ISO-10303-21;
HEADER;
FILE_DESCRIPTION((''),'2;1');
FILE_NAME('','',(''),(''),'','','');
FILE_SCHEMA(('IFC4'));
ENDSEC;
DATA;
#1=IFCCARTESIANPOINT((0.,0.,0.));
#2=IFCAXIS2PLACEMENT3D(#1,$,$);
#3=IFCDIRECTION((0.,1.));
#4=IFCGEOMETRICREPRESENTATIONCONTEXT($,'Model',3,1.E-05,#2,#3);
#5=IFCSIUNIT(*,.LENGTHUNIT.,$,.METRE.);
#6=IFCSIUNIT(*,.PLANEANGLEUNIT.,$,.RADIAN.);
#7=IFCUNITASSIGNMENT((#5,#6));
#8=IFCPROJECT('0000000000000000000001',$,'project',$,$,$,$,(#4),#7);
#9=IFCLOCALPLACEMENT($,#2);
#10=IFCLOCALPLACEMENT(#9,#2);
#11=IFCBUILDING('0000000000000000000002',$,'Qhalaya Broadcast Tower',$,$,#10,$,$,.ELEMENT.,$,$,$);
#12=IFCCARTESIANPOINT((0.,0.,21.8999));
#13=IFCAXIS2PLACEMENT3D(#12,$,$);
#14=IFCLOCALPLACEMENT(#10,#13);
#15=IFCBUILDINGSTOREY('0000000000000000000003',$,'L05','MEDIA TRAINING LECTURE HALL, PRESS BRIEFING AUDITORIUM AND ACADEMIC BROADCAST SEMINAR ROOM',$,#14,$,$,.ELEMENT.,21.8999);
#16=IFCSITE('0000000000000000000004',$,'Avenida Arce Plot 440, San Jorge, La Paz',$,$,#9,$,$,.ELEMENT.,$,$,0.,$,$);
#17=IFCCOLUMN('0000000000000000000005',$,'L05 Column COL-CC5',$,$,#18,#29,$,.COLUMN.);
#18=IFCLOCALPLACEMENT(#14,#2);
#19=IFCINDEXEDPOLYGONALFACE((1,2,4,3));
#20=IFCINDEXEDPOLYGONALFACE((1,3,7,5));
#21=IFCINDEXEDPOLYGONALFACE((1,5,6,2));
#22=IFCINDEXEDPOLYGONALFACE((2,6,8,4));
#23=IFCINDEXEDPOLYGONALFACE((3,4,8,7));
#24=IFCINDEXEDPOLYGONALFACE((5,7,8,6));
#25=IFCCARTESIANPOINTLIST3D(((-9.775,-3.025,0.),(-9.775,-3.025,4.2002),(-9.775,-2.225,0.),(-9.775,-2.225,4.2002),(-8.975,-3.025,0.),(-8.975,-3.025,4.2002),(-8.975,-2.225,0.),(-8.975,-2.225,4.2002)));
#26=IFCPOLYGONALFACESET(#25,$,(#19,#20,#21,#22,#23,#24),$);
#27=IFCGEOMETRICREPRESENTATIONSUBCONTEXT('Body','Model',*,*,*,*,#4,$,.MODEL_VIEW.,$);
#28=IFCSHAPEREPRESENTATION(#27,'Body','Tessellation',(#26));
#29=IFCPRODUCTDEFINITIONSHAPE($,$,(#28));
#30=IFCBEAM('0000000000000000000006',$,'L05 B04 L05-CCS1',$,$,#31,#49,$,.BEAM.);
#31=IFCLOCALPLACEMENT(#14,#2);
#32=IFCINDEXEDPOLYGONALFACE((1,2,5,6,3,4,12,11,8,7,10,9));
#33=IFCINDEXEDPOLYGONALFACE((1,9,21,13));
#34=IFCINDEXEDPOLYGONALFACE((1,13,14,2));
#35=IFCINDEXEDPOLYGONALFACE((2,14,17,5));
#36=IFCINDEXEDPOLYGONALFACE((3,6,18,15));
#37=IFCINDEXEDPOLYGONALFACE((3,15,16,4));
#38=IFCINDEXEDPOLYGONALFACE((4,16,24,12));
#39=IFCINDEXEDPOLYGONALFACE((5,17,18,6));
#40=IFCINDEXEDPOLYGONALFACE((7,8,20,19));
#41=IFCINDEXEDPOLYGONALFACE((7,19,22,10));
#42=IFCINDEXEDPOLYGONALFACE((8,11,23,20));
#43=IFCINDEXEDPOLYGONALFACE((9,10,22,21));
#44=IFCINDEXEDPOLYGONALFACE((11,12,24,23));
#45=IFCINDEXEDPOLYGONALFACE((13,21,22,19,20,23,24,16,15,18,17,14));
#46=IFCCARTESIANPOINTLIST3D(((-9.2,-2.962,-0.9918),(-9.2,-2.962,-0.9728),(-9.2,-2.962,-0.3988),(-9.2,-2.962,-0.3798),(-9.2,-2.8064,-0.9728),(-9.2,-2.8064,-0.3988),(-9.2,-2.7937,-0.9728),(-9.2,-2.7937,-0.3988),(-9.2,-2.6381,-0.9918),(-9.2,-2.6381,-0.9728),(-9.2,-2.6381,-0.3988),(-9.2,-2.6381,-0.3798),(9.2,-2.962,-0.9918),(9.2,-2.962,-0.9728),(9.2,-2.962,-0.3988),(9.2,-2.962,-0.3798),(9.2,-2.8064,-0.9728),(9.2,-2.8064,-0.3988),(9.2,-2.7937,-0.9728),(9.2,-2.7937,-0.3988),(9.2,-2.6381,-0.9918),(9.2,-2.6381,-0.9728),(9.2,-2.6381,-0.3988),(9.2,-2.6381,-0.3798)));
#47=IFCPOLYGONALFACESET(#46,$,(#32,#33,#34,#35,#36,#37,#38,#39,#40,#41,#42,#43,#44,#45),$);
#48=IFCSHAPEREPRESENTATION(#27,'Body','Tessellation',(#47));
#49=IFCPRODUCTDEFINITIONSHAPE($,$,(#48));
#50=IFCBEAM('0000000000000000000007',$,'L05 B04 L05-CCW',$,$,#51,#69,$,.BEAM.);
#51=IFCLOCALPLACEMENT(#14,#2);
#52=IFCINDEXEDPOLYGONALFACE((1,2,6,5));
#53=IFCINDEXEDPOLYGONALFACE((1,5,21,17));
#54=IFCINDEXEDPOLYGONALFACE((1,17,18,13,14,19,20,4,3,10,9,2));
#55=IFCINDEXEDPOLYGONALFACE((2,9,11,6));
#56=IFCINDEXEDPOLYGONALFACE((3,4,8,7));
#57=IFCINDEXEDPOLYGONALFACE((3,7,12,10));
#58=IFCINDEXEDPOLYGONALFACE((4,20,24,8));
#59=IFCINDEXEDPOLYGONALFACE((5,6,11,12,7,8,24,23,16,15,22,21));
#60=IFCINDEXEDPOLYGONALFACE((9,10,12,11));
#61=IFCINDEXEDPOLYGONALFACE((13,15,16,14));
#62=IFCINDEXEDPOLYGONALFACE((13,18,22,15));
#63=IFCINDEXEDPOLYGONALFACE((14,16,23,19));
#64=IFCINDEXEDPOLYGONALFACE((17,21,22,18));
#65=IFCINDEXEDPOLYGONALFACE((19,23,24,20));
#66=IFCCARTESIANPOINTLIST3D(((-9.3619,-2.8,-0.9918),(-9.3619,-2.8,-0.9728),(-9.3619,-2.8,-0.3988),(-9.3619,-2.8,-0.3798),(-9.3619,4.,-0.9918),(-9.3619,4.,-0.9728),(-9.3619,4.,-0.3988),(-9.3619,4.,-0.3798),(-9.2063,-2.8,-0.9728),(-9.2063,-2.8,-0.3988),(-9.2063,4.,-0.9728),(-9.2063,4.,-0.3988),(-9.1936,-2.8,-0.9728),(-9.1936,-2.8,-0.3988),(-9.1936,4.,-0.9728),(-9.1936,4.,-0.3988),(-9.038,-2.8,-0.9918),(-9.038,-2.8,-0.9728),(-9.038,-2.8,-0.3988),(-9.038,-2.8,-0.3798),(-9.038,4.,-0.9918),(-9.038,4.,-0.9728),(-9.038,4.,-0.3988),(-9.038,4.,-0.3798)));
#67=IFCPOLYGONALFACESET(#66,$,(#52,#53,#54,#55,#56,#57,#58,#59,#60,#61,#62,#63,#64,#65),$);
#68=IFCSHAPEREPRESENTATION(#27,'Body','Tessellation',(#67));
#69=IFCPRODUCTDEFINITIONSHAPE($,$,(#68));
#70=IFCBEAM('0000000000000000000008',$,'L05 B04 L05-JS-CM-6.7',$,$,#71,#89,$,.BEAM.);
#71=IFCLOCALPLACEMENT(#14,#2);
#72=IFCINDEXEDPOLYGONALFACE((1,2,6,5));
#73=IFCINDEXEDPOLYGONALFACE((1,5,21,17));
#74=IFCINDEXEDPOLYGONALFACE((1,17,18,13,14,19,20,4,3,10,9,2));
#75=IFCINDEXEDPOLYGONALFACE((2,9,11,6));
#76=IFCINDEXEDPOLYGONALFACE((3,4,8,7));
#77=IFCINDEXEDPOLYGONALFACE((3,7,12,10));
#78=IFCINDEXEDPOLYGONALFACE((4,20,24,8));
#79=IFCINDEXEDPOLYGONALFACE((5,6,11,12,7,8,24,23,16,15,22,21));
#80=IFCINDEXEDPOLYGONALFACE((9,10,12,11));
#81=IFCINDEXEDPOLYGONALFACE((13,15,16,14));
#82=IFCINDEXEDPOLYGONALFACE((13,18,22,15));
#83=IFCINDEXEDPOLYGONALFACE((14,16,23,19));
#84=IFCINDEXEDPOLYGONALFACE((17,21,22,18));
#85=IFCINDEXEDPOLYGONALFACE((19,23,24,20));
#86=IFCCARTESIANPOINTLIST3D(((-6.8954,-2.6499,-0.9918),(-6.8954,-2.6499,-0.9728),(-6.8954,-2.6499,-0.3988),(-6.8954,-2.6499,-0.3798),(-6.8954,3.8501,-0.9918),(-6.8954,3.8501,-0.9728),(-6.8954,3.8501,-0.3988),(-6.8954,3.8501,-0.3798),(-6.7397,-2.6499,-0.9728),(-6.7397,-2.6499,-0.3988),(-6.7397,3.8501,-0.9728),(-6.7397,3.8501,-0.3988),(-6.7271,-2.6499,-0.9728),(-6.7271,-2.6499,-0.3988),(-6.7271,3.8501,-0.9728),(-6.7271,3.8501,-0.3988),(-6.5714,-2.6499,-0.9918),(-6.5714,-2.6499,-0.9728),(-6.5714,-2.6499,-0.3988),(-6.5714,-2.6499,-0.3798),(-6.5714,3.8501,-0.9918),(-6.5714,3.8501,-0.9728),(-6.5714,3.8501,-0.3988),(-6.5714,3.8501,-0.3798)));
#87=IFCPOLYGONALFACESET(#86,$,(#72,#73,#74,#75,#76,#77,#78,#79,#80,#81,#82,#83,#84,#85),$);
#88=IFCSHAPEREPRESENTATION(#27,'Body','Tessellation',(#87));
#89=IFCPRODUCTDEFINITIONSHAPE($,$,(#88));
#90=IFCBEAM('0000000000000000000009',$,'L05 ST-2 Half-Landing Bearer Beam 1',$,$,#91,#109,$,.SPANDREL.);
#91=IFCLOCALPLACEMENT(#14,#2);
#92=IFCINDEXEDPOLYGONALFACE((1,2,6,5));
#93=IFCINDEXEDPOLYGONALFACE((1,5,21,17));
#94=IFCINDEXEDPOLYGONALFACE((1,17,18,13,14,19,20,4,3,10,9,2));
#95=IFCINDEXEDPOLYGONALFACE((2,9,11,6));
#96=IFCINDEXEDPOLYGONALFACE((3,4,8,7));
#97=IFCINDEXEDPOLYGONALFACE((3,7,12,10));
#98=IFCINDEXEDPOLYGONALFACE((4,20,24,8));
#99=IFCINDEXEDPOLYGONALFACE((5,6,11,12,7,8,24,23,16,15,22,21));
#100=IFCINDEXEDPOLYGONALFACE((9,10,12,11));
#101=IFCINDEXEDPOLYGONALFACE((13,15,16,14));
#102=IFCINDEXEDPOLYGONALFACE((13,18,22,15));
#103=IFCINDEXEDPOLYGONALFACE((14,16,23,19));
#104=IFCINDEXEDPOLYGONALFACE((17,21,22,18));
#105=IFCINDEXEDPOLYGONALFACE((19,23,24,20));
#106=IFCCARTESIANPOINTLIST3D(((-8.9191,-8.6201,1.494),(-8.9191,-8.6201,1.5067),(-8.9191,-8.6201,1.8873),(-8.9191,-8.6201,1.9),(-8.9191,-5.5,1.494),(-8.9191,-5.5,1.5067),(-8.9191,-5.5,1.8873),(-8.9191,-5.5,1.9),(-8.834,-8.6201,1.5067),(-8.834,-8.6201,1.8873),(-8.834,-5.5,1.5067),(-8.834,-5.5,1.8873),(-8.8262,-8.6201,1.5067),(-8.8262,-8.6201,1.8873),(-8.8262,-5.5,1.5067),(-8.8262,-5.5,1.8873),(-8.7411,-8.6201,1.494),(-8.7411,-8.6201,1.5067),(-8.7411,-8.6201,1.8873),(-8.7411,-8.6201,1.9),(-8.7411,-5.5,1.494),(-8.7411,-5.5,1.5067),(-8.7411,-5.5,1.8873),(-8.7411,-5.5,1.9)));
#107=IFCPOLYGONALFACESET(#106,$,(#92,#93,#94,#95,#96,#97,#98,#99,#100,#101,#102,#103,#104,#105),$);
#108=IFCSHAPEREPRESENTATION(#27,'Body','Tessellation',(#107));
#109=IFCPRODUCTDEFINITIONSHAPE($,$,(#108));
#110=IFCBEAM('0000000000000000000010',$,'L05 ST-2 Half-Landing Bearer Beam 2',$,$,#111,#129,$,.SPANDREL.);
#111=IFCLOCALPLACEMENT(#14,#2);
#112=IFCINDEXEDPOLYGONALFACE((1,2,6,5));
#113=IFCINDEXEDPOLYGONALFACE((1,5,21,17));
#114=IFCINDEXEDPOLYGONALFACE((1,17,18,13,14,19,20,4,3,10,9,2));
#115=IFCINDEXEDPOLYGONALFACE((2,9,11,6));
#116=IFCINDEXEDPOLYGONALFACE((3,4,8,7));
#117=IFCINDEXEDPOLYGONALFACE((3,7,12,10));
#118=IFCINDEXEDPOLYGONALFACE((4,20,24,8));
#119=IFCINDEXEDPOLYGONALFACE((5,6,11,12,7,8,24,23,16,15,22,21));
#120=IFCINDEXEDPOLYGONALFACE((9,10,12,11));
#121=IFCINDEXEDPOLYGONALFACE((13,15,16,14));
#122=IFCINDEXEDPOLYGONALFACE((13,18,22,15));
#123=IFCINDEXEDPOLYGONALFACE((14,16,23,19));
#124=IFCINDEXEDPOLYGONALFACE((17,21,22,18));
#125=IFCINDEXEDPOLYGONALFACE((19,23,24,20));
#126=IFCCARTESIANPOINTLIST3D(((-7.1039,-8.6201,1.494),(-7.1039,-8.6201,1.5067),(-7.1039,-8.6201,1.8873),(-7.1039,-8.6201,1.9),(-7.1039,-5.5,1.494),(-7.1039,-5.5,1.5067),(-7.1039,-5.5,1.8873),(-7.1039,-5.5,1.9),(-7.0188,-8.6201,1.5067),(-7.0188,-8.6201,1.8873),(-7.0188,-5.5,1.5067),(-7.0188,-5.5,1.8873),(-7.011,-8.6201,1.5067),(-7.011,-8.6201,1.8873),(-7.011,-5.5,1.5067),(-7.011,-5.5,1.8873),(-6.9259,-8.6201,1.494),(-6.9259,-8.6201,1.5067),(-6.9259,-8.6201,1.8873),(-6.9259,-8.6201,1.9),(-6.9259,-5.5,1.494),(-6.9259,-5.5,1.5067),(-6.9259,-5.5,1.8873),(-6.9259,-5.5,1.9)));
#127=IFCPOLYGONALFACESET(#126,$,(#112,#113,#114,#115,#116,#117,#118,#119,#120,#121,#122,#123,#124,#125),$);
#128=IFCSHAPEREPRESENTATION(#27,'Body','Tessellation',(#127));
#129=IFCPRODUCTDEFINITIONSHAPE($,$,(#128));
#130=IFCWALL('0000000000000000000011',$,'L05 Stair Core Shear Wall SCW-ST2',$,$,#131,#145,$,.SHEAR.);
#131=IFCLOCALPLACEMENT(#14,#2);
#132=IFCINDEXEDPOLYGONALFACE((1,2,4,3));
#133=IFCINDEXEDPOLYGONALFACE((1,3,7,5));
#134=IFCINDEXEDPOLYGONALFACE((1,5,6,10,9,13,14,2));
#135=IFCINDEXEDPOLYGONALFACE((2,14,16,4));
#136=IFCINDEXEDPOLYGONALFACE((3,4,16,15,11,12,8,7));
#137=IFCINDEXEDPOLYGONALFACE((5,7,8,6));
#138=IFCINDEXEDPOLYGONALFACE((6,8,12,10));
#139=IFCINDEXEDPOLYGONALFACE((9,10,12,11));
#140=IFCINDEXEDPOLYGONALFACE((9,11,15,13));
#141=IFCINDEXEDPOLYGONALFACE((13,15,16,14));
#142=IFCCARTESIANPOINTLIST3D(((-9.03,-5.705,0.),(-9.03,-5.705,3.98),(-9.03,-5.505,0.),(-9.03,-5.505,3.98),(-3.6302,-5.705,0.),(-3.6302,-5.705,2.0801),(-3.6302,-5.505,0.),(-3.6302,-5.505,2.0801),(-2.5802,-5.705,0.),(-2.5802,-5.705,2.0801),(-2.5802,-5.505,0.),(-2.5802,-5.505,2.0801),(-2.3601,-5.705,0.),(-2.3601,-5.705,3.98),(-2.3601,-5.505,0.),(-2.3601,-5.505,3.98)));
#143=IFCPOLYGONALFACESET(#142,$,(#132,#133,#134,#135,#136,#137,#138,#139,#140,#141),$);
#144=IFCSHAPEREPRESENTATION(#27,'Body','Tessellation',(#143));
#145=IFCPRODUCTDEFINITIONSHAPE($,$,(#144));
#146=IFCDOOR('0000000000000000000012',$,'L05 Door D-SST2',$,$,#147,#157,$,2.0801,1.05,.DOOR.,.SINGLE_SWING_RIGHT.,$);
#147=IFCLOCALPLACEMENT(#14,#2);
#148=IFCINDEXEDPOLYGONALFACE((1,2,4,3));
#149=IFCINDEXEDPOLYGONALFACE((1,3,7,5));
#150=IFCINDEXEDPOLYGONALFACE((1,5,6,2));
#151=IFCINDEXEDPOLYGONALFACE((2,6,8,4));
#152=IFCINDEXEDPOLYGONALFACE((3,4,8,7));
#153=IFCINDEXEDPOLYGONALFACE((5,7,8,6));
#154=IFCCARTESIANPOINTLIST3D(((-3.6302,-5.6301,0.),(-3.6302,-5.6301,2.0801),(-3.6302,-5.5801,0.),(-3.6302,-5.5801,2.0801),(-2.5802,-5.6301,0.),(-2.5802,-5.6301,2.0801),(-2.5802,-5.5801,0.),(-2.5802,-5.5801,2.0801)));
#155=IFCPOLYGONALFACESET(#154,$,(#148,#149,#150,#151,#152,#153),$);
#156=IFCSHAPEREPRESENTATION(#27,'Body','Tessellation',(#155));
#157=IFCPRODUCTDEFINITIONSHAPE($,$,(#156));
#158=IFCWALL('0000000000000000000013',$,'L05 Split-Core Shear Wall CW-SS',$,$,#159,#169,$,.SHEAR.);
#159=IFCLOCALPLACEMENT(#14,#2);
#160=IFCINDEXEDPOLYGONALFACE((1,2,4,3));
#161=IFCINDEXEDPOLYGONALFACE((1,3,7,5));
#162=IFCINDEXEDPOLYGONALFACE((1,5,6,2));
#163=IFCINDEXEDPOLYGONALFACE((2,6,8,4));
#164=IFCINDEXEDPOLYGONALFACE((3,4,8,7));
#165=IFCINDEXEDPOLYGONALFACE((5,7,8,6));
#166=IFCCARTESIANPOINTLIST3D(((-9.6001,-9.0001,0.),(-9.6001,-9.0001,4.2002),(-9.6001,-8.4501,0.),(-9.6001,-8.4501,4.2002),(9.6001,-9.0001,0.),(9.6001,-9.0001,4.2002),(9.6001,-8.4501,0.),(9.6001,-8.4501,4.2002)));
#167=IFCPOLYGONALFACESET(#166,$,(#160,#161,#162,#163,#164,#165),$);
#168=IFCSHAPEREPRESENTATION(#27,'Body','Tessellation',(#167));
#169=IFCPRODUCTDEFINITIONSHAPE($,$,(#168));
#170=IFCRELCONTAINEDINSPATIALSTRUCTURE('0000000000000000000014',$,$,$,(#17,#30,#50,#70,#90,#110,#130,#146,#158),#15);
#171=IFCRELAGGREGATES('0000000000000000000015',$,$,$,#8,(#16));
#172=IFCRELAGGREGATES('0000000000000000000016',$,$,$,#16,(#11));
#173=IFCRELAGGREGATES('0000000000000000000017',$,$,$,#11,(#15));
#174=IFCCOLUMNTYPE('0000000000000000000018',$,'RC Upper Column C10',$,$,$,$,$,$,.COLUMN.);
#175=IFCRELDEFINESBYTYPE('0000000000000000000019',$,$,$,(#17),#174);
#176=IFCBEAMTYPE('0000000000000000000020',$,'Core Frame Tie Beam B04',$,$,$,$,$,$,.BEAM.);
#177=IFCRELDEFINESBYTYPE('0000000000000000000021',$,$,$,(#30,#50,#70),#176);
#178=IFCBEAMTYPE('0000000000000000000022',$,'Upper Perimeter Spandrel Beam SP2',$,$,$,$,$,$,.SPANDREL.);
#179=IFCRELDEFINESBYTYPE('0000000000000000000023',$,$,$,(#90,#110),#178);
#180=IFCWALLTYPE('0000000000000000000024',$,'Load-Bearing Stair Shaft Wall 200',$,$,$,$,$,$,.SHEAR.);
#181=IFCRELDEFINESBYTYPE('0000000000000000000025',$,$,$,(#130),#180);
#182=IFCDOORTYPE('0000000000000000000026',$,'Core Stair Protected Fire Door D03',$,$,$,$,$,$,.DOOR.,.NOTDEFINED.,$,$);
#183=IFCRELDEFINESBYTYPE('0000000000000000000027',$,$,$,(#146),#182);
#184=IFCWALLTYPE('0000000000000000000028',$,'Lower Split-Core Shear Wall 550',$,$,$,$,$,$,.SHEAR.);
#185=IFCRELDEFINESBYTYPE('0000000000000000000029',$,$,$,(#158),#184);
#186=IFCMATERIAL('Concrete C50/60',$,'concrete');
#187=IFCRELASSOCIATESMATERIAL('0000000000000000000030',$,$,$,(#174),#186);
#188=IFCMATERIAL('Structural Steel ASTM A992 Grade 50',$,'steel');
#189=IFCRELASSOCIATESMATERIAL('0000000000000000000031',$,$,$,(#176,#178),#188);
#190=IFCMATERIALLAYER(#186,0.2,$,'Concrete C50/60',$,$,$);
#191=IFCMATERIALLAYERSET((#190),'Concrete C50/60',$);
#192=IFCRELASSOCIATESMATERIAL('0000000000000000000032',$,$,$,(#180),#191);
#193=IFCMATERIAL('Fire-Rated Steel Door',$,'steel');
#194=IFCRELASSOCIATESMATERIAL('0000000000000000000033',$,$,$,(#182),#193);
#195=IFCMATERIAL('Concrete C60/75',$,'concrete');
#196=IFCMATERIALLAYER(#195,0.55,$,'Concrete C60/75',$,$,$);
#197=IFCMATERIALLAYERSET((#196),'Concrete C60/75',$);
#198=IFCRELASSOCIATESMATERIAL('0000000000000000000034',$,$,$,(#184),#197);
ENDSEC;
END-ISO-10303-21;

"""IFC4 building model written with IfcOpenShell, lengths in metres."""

from ifc_helpers import new_model, si_unit, direction, frame, frame_2d, origin, origin_2d, place, context, subcontext, project, spatial, rectangle, i_section, extrude, material, layer, layer_set, material_profile, profile_set, type_object, element, fill, save


model = new_model("IFC4")

# Units and contexts
model_context = context("Model", 3, precision=1e-05, world=origin(), true_north=direction((0.0, 1.0)))
body_context = subcontext(model_context, "Body", "Model", "MODEL_VIEW")
ifc_project = project(units=[si_unit("LENGTHUNIT", "METRE"), si_unit("PLANEANGLEUNIT", "RADIAN")], contexts=[model_context])

# Site, building, storey
site_placement = place(None, origin())
site = spatial("IfcSite", under=ifc_project, at=site_placement, Name="Avenida Arce Plot 440, San Jorge, La Paz", CompositionType="ELEMENT", RefElevation=0.0)
building_placement = place(site_placement, origin())
building = spatial("IfcBuilding", under=site, at=building_placement, Name="Qhalaya Broadcast Tower", CompositionType="ELEMENT")
storey_placement = place(building_placement, frame((0.0, 0.0, 21.8999)))
storey = spatial("IfcBuildingStorey", under=building, at=storey_placement, Name="L05", Description="MEDIA TRAINING LECTURE HALL, PRESS BRIEFING AUDITORIUM AND ACADEMIC BROADCAST SEMINAR ROOM", CompositionType="ELEMENT", Elevation=21.8999)

# Column
ifc_material_1 = material(Name="Concrete C50/60", Category="concrete")
ifc_material_profile_1 = material_profile(ifc_material_1, rectangle(XDim=0.8, YDim=0.8, at=origin_2d()), Name="RC-COL 800x800")
ifc_profile_set_1 = profile_set([ifc_material_profile_1], Name="Concrete C50/60")
column_type = type_object("IfcColumnType", Name="RC Upper Column C10", PredefinedType="COLUMN", material=ifc_profile_set_1)
column_placement = place(storey_placement, frame((-9.375, -2.625, 0.0), z_axis=(0.0, 0.0, 1.0), x_axis=(1.0, 0.0, 0.0)))
element("IfcColumn", 1, at=column_placement, inside=storey, type_object=column_type, Name="L05 Column COL-CC5", PredefinedType="COLUMN", context=body_context, shape_type="SweptSolid", body=[
    extrude(rectangle(XDim=0.8, YDim=0.8, at=origin_2d()), origin(), (0.0, 0.0, 1.0), 4.2002),
])

# Beams
ifc_material_2 = material(Name="Structural Steel ASTM A992 Grade 50", Category="steel")
ifc_material_profile_2 = material_profile(ifc_material_2, i_section(OverallWidth=0.324, OverallDepth=0.6121, WebThickness=0.0127, FlangeThickness=0.019, at=origin_2d()), Name="W24X104")
ifc_profile_set_2 = profile_set([ifc_material_profile_2], Name="Structural Steel ASTM A992 Grade 50")
beam_type_1 = type_object("IfcBeamType", Name="Core Frame Tie Beam B04", PredefinedType="BEAM", material=ifc_profile_set_2)
beam_1_placement = place(storey_placement, frame((-9.2, -2.8, -0.6858), z_axis=(1.0, 0.0, 0.0), x_axis=(0.0, 1.0, 0.0)))
element("IfcBeam", 2, at=beam_1_placement, inside=storey, type_object=beam_type_1, Name="L05 B04 L05-CCS1", PredefinedType="BEAM", context=body_context, shape_type="SweptSolid", body=[
    extrude(i_section(OverallWidth=0.324, OverallDepth=0.6121, WebThickness=0.0127, FlangeThickness=0.019, at=origin_2d()), origin(), (0.0, 0.0, 1.0), 18.3999),
])
beam_2_placement = place(storey_placement, frame((-9.2, -2.8, -0.6858), z_axis=(0.0, 1.0, 0.0), x_axis=(-1.0, 0.0, 0.0)))
element("IfcBeam", 3, at=beam_2_placement, inside=storey, type_object=beam_type_1, Name="L05 B04 L05-CCW", PredefinedType="BEAM", context=body_context, shape_type="SweptSolid", body=[
    extrude(i_section(OverallWidth=0.324, OverallDepth=0.6121, WebThickness=0.0127, FlangeThickness=0.019, at=origin_2d()), origin(), (0.0, 0.0, 1.0), 6.8),
])
beam_3_placement = place(storey_placement, frame((-6.7334, -2.6499, -0.6858), z_axis=(0.0, 1.0, 0.0), x_axis=(-1.0, 0.0, 0.0)))
element("IfcBeam", 4, at=beam_3_placement, inside=storey, type_object=beam_type_1, Name="L05 B04 L05-JS-CM-6.7", PredefinedType="BEAM", context=body_context, shape_type="SweptSolid", body=[
    extrude(i_section(OverallWidth=0.324, OverallDepth=0.6121, WebThickness=0.0127, FlangeThickness=0.019, at=origin_2d()), origin(), (0.0, 0.0, 1.0), 6.5),
])
ifc_material_profile_3 = material_profile(ifc_material_2, i_section(OverallWidth=0.178, OverallDepth=0.406, WebThickness=0.0078, FlangeThickness=0.0127, at=origin_2d()), Name="W16X40")
ifc_profile_set_3 = profile_set([ifc_material_profile_3], Name="Structural Steel ASTM A992 Grade 50")
beam_type_2 = type_object("IfcBeamType", Name="Upper Perimeter Spandrel Beam SP2", PredefinedType="SPANDREL", material=ifc_profile_set_3)
for number, where, z_axis, x_axis, name in (
    (5, (-8.8301, -8.6201, 1.697), (0.0, 1.0, 0.0), (-1.0, 0.0, 0.0), "L05 ST-2 Half-Landing Bearer Beam 1"),
    (6, (-7.0149, -8.6201, 1.697), (0.0, 1.0, 0.0), (-1.0, 0.0, 0.0), "L05 ST-2 Half-Landing Bearer Beam 2"),
):
    element("IfcBeam", number, at=place(storey_placement, frame(where, z_axis=z_axis, x_axis=x_axis)), inside=storey, type_object=beam_type_2, Name=name, PredefinedType="SPANDREL", context=body_context, shape_type="SweptSolid", body=[
        extrude(i_section(OverallWidth=0.178, OverallDepth=0.406, WebThickness=0.0078, FlangeThickness=0.0127, at=origin_2d()), origin(), (0.0, 0.0, 1.0), 3.1201),
    ])

# Wall, opening, door
ifc_layer_1 = layer(ifc_material_1, 0.2, Name="Concrete C50/60")
ifc_layer_set_1 = layer_set([ifc_layer_1], Name="Concrete C50/60")
wall_type_1 = type_object("IfcWallType", Name="Load-Bearing Stair Shaft Wall 200", PredefinedType="SHEAR", material=ifc_layer_set_1)
wall_1_placement = place(storey_placement, frame((-9.03, -5.605, 0.0), z_axis=(0.0, 0.0, 1.0), x_axis=(1.0, 0.0, 0.0)))
wall_1 = element("IfcWall", 7, at=wall_1_placement, inside=storey, type_object=wall_type_1, Name="L05 Stair Core Shear Wall SCW-ST2", PredefinedType="SHEAR", context=body_context, shape_type="SweptSolid", body=[
    extrude(rectangle(XDim=6.6699, YDim=0.2, at=frame_2d((3.335, 0.0))), origin(), (0.0, 0.0, 1.0), 3.98),
])
opening_1_placement = place(wall_1_placement, frame((5.3999, 0.0, 0.0)))
opening_1 = element("IfcOpeningElement", 8, at=opening_1_placement, cuts=wall_1, PredefinedType="OPENING", context=body_context, shape_type="SweptSolid", body=[
    extrude(rectangle(XDim=1.05, YDim=2.0801, at=frame_2d((0.5249, 1.04))), frame((0.0, 0.1121, 0.0), z_axis=(0.0, -1.0, 0.0), x_axis=(1.0, 0.0, 0.0)), (0.0, 0.0, 1.0), 0.2239),
])
ifc_material_3 = material(Name="Fire-Rated Steel Door", Category="steel")
door_type_1 = type_object("IfcDoorType", Name="Core Stair Protected Fire Door D03", OperationType="NOTDEFINED", PredefinedType="DOOR", material=ifc_material_3)
door_1_placement = place(opening_1_placement, origin())
door_1 = element("IfcDoor", 9, at=door_1_placement, inside=storey, type_object=door_type_1, Name="L05 Door D-SST2", OperationType="SINGLE_SWING_RIGHT", OverallHeight=2.0801, OverallWidth=1.05, PredefinedType="DOOR", context=body_context, shape_type="SweptSolid", body=[
    extrude(rectangle(XDim=1.05, YDim=2.0801, at=frame_2d((0.5249, 1.04))), frame((0.0, 0.0249, 0.0), z_axis=(0.0, -1.0, 0.0), x_axis=(1.0, 0.0, 0.0)), (0.0, 0.0, 1.0), 0.05),
])
fill(opening_1, door_1)

# Wall
ifc_material_4 = material(Name="Concrete C60/75", Category="concrete")
ifc_layer_2 = layer(ifc_material_4, 0.55, Name="Concrete C60/75")
ifc_layer_set_2 = layer_set([ifc_layer_2], Name="Concrete C60/75")
wall_type_2 = type_object("IfcWallType", Name="Lower Split-Core Shear Wall 550", PredefinedType="SHEAR", material=ifc_layer_set_2)
wall_2_placement = place(storey_placement, frame((-9.6001, -8.7251, 0.0), z_axis=(0.0, 0.0, 1.0), x_axis=(1.0, 0.0, 0.0)))
element("IfcWall", 10, at=wall_2_placement, inside=storey, type_object=wall_type_2, Name="L05 Split-Core Shear Wall CW-SS", PredefinedType="SHEAR", context=body_context, shape_type="SweptSolid", body=[
    extrude(rectangle(XDim=19.2002, YDim=0.55, at=frame_2d((9.6001, 0.0))), origin(), (0.0, 0.0, 1.0), 4.2002),
])

save(model, "model.ifc")
